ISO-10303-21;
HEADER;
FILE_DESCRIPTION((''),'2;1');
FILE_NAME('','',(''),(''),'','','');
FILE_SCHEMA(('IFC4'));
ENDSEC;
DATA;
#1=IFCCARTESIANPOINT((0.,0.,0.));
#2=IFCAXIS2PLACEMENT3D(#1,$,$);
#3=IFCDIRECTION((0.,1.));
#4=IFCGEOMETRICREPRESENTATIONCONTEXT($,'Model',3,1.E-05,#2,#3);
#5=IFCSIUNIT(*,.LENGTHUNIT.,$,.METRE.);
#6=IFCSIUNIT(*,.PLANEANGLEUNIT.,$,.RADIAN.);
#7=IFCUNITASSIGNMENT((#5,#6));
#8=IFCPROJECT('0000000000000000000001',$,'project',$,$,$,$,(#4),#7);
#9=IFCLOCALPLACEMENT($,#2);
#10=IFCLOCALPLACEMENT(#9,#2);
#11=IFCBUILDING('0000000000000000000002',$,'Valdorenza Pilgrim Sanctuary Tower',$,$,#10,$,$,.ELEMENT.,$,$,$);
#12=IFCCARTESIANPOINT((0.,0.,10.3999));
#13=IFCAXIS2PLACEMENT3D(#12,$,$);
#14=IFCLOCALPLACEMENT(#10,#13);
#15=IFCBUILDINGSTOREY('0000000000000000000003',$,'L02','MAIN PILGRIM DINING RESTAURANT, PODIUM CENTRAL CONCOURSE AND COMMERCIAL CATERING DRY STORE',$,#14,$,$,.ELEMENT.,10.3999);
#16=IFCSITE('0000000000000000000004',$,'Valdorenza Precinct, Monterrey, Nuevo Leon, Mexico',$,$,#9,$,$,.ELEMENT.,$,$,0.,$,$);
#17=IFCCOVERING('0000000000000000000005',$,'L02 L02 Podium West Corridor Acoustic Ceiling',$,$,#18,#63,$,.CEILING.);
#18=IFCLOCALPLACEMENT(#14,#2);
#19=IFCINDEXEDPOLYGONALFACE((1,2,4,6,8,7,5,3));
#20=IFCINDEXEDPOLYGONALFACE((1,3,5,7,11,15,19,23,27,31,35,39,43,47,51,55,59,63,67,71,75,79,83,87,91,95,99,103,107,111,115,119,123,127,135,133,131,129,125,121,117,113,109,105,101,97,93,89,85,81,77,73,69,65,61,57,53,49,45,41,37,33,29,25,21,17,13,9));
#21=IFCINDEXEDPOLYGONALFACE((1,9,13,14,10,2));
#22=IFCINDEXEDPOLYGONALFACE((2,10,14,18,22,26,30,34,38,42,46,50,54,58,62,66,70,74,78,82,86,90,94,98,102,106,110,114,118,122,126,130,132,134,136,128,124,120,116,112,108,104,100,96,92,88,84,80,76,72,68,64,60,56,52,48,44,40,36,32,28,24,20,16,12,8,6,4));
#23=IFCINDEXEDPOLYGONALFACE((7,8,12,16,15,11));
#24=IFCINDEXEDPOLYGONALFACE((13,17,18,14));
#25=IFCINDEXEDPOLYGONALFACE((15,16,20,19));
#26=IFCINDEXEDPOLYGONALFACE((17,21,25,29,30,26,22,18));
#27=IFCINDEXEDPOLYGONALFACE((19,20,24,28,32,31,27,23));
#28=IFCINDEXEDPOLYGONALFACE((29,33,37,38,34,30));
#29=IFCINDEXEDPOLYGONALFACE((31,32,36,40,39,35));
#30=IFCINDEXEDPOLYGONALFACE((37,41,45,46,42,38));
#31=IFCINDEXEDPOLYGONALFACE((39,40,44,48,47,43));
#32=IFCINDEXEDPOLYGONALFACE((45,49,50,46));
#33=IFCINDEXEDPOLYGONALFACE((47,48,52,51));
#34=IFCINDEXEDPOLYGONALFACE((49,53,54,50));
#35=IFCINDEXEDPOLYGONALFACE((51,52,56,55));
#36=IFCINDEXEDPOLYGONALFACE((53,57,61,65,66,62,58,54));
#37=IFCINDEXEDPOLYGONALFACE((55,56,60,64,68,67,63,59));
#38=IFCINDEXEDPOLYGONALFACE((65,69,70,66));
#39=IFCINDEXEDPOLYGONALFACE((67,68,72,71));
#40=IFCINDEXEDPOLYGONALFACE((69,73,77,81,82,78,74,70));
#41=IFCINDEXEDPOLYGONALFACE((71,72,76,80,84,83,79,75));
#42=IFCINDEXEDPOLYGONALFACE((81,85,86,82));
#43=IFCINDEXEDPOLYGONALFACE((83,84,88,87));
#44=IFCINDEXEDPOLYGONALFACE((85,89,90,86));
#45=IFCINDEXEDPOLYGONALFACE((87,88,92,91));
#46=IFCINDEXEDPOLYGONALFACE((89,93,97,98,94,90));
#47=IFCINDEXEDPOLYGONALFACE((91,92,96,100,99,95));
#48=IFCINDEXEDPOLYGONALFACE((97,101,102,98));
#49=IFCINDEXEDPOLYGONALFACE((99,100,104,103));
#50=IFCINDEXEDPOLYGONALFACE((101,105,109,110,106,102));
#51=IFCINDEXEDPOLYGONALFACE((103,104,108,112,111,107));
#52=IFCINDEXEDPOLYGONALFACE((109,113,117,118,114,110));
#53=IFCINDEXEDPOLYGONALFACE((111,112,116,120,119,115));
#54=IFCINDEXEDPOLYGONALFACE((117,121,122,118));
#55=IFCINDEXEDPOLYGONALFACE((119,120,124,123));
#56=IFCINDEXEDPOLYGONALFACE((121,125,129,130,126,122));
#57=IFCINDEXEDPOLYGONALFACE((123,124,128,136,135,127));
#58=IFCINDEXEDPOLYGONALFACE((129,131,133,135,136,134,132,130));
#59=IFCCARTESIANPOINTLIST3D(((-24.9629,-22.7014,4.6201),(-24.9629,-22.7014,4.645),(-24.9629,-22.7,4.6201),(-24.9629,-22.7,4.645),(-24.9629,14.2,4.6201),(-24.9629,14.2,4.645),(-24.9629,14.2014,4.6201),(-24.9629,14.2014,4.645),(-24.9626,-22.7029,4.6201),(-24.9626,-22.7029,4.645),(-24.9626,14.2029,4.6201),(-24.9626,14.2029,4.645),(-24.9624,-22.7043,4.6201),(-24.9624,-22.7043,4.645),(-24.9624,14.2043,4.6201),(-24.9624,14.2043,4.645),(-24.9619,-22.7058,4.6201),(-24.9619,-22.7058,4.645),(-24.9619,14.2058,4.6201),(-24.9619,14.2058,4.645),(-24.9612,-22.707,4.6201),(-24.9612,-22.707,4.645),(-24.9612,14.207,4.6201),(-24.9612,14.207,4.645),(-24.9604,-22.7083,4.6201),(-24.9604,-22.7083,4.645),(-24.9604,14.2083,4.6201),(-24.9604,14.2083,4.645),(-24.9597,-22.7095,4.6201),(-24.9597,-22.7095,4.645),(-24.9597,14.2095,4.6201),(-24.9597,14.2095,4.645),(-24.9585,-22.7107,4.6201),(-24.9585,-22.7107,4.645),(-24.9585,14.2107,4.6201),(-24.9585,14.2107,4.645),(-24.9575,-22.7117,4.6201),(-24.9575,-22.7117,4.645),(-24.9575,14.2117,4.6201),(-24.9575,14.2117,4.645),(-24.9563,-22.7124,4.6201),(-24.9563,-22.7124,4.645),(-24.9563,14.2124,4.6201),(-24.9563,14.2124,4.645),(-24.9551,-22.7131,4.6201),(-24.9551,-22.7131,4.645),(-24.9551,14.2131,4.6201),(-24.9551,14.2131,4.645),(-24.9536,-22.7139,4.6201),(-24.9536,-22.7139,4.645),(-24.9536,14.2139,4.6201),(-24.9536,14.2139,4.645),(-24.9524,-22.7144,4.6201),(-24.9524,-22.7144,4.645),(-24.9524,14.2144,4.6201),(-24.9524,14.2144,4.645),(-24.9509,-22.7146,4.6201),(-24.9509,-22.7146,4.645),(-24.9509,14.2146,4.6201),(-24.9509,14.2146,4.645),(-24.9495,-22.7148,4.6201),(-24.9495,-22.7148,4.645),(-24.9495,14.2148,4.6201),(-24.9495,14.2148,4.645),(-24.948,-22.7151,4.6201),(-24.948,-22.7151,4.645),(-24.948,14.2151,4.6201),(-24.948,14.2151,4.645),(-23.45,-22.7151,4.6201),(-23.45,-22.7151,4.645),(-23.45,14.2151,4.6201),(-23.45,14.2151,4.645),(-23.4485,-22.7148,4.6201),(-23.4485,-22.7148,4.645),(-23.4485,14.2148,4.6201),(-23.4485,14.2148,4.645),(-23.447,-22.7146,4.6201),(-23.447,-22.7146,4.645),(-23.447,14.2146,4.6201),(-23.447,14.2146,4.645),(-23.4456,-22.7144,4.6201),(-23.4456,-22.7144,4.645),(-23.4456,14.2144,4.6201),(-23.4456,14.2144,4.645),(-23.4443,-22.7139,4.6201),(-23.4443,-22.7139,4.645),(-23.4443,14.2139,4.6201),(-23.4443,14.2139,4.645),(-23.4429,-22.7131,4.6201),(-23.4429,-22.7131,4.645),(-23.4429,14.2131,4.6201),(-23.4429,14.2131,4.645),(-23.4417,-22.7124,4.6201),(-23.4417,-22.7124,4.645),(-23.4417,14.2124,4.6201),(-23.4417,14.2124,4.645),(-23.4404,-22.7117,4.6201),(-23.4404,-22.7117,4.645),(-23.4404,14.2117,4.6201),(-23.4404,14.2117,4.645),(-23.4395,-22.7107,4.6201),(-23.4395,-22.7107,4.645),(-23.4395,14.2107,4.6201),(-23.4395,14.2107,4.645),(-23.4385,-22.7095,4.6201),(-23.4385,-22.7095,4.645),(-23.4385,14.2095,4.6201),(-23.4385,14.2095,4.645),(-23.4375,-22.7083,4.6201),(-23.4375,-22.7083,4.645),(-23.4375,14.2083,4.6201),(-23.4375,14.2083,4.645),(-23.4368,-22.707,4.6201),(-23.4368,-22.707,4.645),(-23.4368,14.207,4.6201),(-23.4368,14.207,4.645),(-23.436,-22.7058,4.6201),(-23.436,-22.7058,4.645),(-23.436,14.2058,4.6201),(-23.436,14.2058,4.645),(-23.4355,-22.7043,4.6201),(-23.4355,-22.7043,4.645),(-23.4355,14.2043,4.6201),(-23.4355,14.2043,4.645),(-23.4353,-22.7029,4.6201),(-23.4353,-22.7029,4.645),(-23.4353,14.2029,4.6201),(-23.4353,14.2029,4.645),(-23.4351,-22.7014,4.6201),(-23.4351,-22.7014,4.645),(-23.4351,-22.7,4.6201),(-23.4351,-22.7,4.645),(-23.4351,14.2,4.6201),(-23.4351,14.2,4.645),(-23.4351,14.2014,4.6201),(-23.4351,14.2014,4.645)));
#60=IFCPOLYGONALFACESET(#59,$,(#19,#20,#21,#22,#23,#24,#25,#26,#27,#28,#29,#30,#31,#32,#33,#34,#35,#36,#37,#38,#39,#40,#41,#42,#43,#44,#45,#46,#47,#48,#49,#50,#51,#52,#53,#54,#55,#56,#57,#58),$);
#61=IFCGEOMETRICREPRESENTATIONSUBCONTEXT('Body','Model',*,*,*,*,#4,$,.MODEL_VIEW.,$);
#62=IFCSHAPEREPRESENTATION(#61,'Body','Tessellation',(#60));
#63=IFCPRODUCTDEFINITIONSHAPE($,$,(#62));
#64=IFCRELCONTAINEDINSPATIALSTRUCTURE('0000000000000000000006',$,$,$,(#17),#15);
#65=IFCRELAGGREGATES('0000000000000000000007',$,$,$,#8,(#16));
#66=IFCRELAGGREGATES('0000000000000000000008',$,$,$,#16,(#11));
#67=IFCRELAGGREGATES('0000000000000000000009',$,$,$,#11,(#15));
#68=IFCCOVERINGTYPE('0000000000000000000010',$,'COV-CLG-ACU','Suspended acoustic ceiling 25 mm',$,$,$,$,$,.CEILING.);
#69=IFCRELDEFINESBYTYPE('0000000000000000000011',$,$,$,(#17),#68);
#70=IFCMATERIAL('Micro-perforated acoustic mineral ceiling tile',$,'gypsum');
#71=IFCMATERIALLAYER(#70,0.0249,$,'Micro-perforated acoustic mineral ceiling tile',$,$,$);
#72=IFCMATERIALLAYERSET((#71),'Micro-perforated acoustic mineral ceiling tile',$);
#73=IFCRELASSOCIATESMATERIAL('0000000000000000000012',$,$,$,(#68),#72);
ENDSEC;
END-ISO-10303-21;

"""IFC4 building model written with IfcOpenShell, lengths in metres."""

from ifc_helpers import new_model, si_unit, direction, frame, origin, place, context, subcontext, project, spatial, polyline, outline, extrude, material, layer, layer_set, type_object, element, save


model = new_model("IFC4")

# Units and contexts
model_context = context("Model", 3, precision=1e-05, world=origin(), true_north=direction((0.0, 1.0)))
body_context = subcontext(model_context, "Body", "Model", "MODEL_VIEW")
ifc_project = project(units=[si_unit("LENGTHUNIT", "METRE"), si_unit("PLANEANGLEUNIT", "RADIAN")], contexts=[model_context])

# Site, building, storey
site_placement = place(None, origin())
site = spatial("IfcSite", under=ifc_project, at=site_placement, Name="Valdorenza Precinct, Monterrey, Nuevo Leon, Mexico", CompositionType="ELEMENT", RefElevation=0.0)
building_placement = place(site_placement, origin())
building = spatial("IfcBuilding", under=site, at=building_placement, Name="Valdorenza Pilgrim Sanctuary Tower", CompositionType="ELEMENT")
storey_placement = place(building_placement, frame((0.0, 0.0, 10.3999)))
storey = spatial("IfcBuildingStorey", under=building, at=storey_placement, Name="L02", Description="MAIN PILGRIM DINING RESTAURANT, PODIUM CENTRAL CONCOURSE AND COMMERCIAL CATERING DRY STORE", CompositionType="ELEMENT", Elevation=10.3999)

# Covering
ifc_material_1 = material(Name="Micro-perforated acoustic mineral ceiling tile", Category="gypsum")
ifc_layer_1 = layer(ifc_material_1, 0.0249, Name="Micro-perforated acoustic mineral ceiling tile")
ifc_layer_set_1 = layer_set([ifc_layer_1], Name="Micro-perforated acoustic mineral ceiling tile")
covering_type_1 = type_object("IfcCoveringType", Name="COV-CLG-ACU", Description="Suspended acoustic ceiling 25 mm", PredefinedType="CEILING", material=ifc_layer_set_1)
covering_1_placement = place(storey_placement, frame((0.0, 0.0, 4.6201)))
element("IfcCovering", 1, at=covering_1_placement, inside=storey, type_object=covering_type_1, Name="L02 L02 Podium West Corridor Acoustic Ceiling", PredefinedType="CEILING", context=body_context, shape_type="SweptSolid", body=[
    extrude(outline(polyline([(-23.45, 14.2151), (-23.4485, 14.2148), (-23.447, 14.2146), (-23.4456, 14.2144), (-23.4443, 14.2139), (-23.4429, 14.2131), (-23.4417, 14.2124), (-23.4404, 14.2117), (-23.4395, 14.2107), (-23.4385, 14.2095), (-23.4375, 14.2083), (-23.4368, 14.207), (-23.436, 14.2058), (-23.4355, 14.2043), (-23.4353, 14.2029), (-23.4351, 14.2014), (-23.4351, 14.2), (-23.4351, -22.7), (-23.4351, -22.7014), (-23.4353, -22.7029), (-23.4355, -22.7043), (-23.436, -22.7058), (-23.4368, -22.707), (-23.4375, -22.7083), (-23.4385, -22.7095), (-23.4395, -22.7107), (-23.4404, -22.7117), (-23.4417, -22.7124), (-23.4429, -22.7131), (-23.4443, -22.7139), (-23.4456, -22.7144), (-23.447, -22.7146), (-23.4485, -22.7148), (-23.45, -22.7151), (-24.948, -22.7151), (-24.9495, -22.7148), (-24.9509, -22.7146), (-24.9524, -22.7144), (-24.9536, -22.7139), (-24.9551, -22.7131), (-24.9563, -22.7124), (-24.9575, -22.7117), (-24.9585, -22.7107), (-24.9597, -22.7095), (-24.9604, -22.7083), (-24.9612, -22.707), (-24.9619, -22.7058), (-24.9624, -22.7043), (-24.9626, -22.7029), (-24.9629, -22.7014), (-24.9629, -22.7), (-24.9629, 14.2), (-24.9629, 14.2014), (-24.9626, 14.2029), (-24.9624, 14.2043), (-24.9619, 14.2058), (-24.9612, 14.207), (-24.9604, 14.2083), (-24.9597, 14.2095), (-24.9585, 14.2107), (-24.9575, 14.2117), (-24.9563, 14.2124), (-24.9551, 14.2131), (-24.9536, 14.2139), (-24.9524, 14.2144), (-24.9509, 14.2146), (-24.9495, 14.2148), (-24.948, 14.2151), (-23.45, 14.2151)])), origin(), (0.0, 0.0, 1.0), 0.0249),
])

save(model, "model.ifc")
